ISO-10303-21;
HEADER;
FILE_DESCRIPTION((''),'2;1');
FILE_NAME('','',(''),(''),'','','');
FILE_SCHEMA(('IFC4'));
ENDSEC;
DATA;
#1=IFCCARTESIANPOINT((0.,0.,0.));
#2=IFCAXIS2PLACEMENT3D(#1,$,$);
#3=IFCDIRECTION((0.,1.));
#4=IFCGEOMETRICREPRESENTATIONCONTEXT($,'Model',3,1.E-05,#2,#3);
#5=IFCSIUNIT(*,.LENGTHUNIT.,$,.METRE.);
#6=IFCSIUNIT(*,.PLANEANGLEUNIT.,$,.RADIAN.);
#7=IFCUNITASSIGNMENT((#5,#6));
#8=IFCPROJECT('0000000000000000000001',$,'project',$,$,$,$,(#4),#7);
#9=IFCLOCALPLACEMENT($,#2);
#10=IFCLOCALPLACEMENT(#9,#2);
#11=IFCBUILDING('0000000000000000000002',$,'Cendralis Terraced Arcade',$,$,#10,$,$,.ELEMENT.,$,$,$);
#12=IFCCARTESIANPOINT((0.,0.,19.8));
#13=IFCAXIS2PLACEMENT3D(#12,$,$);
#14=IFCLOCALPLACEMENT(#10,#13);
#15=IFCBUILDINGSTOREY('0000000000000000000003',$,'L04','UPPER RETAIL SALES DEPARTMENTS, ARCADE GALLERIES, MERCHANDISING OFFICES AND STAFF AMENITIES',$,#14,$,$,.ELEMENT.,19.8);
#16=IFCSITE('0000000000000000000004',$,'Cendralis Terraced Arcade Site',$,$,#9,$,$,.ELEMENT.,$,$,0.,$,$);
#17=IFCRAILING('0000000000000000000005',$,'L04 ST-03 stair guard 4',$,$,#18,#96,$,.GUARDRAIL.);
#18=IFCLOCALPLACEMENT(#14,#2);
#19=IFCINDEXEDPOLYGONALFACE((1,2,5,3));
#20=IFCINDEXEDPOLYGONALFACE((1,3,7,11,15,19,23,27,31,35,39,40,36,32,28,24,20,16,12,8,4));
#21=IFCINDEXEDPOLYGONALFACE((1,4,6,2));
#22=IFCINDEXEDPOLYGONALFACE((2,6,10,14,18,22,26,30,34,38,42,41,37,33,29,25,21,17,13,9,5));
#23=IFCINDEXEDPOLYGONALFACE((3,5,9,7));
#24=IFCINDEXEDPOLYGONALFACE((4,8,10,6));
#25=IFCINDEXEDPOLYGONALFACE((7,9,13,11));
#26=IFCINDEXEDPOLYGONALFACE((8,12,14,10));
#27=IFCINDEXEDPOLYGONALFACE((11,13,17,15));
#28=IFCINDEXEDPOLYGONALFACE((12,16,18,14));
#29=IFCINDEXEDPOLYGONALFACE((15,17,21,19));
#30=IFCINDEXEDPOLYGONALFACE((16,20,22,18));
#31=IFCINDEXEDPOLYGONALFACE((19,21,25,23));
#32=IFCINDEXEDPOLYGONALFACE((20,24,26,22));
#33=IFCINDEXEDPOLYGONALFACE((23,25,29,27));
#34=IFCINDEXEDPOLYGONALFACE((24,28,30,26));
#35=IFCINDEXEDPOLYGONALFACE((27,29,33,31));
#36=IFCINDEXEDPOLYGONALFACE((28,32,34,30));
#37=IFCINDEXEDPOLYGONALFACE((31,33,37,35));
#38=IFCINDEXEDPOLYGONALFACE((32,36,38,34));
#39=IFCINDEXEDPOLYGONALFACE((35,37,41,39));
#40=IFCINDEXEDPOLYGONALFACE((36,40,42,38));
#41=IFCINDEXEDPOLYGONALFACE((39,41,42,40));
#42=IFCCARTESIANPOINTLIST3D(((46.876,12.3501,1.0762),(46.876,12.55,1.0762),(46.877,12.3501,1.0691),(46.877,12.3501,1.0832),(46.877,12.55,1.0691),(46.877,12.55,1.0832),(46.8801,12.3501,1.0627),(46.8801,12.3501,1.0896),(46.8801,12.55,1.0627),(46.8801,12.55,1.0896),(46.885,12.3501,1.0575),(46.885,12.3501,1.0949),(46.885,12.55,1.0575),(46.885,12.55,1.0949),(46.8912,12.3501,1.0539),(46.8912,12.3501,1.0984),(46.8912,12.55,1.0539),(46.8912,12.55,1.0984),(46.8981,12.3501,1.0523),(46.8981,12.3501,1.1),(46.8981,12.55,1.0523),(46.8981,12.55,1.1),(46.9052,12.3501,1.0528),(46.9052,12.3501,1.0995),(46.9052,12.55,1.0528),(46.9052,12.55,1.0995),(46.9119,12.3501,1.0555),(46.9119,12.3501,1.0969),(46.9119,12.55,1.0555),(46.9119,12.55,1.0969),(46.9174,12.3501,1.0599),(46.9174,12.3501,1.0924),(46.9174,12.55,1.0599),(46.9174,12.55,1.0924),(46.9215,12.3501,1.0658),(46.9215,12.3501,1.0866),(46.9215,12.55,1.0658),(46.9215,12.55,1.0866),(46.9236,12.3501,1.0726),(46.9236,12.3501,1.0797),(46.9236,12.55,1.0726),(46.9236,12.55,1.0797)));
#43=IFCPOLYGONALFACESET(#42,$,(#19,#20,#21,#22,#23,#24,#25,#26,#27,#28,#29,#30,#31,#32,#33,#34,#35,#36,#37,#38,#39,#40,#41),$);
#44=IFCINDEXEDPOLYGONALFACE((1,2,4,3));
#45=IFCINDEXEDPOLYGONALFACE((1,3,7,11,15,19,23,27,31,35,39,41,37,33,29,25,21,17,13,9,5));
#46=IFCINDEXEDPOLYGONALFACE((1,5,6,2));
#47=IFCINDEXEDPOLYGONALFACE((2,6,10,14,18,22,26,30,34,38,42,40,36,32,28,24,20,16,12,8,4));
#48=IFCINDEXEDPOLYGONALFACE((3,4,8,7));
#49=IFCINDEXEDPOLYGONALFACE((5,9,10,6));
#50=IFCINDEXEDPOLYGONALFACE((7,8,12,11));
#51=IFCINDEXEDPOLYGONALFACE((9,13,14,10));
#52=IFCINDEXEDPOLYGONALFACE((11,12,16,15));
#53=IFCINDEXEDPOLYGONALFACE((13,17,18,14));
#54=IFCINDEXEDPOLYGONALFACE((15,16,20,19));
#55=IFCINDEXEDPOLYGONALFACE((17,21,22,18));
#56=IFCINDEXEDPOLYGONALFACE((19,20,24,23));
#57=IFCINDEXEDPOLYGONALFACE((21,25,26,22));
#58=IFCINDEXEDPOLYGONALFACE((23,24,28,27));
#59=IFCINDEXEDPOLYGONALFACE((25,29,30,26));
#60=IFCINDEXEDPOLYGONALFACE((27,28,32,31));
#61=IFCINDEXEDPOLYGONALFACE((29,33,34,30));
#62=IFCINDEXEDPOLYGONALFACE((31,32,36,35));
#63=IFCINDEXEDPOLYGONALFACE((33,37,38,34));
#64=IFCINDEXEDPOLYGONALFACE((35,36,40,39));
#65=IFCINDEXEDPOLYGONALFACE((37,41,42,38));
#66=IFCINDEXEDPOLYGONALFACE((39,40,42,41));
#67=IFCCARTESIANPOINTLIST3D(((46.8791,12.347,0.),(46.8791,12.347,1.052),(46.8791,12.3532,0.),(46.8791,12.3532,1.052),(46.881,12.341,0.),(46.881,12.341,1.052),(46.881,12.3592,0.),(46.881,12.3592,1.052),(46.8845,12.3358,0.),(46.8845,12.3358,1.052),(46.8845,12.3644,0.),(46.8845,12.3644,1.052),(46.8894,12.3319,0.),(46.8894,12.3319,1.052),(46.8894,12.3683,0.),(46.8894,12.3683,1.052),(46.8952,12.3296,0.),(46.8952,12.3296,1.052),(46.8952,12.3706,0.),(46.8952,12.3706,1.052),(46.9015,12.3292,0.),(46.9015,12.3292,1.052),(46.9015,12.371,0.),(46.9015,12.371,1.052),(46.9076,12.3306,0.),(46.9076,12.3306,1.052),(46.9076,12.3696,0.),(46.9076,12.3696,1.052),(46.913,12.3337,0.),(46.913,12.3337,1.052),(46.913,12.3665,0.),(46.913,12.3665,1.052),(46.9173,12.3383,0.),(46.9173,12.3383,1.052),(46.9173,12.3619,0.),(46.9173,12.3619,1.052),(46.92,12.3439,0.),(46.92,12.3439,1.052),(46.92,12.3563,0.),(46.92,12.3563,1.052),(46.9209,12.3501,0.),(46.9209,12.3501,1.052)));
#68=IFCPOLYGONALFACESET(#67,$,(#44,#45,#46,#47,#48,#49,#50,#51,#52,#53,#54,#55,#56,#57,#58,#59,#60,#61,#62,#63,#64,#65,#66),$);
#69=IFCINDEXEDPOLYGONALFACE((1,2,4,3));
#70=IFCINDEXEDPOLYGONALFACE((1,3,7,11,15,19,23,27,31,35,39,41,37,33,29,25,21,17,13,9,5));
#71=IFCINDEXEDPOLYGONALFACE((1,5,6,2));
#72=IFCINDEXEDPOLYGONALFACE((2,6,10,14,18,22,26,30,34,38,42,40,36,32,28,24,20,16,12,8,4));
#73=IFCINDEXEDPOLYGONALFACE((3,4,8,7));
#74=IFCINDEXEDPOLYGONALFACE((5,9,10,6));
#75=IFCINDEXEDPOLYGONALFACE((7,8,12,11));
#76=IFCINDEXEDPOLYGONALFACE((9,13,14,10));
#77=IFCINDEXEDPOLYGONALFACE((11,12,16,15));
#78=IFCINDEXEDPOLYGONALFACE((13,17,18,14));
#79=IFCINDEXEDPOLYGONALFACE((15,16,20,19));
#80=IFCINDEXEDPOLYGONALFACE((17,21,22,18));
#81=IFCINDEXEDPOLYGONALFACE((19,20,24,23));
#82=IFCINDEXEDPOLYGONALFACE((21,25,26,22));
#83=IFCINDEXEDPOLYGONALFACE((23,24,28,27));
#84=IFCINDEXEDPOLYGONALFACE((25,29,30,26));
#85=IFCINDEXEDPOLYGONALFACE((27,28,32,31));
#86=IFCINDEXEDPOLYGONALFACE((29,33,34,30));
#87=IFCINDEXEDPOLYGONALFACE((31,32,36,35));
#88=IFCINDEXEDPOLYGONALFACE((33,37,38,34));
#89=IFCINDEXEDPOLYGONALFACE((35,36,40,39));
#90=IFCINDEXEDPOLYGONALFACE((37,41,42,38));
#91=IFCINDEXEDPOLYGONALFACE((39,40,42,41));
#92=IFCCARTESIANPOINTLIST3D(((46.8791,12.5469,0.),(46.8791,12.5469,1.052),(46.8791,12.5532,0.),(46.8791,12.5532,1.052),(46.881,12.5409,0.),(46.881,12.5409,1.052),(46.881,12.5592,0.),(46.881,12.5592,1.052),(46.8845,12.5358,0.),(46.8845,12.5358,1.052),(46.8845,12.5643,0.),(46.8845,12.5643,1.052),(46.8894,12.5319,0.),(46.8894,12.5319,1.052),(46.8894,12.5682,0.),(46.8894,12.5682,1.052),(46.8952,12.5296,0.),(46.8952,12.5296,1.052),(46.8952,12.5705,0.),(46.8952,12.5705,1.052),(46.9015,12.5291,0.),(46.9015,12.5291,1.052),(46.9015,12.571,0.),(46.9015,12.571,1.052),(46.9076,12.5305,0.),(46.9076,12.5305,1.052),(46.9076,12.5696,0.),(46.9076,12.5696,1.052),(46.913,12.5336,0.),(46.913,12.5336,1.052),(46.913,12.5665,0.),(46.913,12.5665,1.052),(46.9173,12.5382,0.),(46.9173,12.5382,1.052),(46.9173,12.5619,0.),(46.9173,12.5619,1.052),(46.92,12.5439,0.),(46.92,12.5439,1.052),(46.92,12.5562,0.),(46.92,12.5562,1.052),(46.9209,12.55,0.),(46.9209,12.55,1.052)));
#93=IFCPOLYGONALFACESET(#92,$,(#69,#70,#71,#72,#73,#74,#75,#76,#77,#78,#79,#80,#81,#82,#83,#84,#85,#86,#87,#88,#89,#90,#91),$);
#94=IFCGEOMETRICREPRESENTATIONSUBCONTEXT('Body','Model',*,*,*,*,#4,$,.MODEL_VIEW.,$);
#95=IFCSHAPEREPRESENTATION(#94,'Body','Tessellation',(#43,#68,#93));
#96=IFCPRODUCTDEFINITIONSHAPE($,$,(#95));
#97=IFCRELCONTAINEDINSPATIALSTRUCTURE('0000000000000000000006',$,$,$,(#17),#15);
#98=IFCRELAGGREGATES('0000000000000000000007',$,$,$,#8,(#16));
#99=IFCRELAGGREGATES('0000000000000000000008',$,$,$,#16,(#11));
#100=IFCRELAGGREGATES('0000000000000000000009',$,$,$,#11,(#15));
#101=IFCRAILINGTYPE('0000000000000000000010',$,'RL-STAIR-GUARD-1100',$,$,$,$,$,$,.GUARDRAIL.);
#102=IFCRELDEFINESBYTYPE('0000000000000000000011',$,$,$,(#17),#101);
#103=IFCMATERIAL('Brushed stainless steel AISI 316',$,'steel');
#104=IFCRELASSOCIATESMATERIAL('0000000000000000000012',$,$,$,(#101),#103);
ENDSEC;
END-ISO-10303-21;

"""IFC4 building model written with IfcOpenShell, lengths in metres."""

from ifc_helpers import new_model, si_unit, direction, frame, origin, origin_2d, place, context, subcontext, project, spatial, circle, extrude, material, type_object, element, save


model = new_model("IFC4")

# Units and contexts
model_context = context("Model", 3, precision=1e-05, world=origin(), true_north=direction((0.0, 1.0)))
body_context = subcontext(model_context, "Body", "Model", "MODEL_VIEW")
ifc_project = project(units=[si_unit("LENGTHUNIT", "METRE"), si_unit("PLANEANGLEUNIT", "RADIAN")], contexts=[model_context])

# Site, building, storey
site_placement = place(None, origin())
site = spatial("IfcSite", under=ifc_project, at=site_placement, Name="Cendralis Terraced Arcade Site", CompositionType="ELEMENT", RefElevation=0.0)
building_placement = place(site_placement, origin())
building = spatial("IfcBuilding", under=site, at=building_placement, Name="Cendralis Terraced Arcade", CompositionType="ELEMENT")
storey_placement = place(building_placement, frame((0.0, 0.0, 19.8)))
storey = spatial("IfcBuildingStorey", under=building, at=storey_placement, Name="L04", Description="UPPER RETAIL SALES DEPARTMENTS, ARCADE GALLERIES, MERCHANDISING OFFICES AND STAFF AMENITIES", CompositionType="ELEMENT", Elevation=19.8)

# Railing
ifc_material_1 = material(Name="Brushed stainless steel AISI 316", Category="steel")
railing_type_1 = type_object("IfcRailingType", Name="RL-STAIR-GUARD-1100", PredefinedType="GUARDRAIL", material=ifc_material_1)
railing_1_placement = place(storey_placement, frame((46.8999, 12.3501, 0.0)))
element("IfcRailing", 1, at=railing_1_placement, inside=storey, type_object=railing_type_1, Name="L04 ST-03 stair guard 4", PredefinedType="GUARDRAIL", context=body_context, shape_type="SweptSolid", body=[
    extrude(circle(Radius=0.0239, at=origin_2d()), frame((0.0, 0.0, 1.0762), z_axis=(0.0, 1.0, 0.0), x_axis=(-1.0, 0.0, 0.0)), (0.0, 0.0, 1.0), 0.2),
    extrude(circle(Radius=0.021, at=origin_2d()), origin(), (0.0, 0.0, 1.0), 1.052),
    extrude(circle(Radius=0.021, at=origin_2d()), frame((0.0, 0.2, 0.0)), (0.0, 0.0, 1.0), 1.052),
])

save(model, "model.ifc")
